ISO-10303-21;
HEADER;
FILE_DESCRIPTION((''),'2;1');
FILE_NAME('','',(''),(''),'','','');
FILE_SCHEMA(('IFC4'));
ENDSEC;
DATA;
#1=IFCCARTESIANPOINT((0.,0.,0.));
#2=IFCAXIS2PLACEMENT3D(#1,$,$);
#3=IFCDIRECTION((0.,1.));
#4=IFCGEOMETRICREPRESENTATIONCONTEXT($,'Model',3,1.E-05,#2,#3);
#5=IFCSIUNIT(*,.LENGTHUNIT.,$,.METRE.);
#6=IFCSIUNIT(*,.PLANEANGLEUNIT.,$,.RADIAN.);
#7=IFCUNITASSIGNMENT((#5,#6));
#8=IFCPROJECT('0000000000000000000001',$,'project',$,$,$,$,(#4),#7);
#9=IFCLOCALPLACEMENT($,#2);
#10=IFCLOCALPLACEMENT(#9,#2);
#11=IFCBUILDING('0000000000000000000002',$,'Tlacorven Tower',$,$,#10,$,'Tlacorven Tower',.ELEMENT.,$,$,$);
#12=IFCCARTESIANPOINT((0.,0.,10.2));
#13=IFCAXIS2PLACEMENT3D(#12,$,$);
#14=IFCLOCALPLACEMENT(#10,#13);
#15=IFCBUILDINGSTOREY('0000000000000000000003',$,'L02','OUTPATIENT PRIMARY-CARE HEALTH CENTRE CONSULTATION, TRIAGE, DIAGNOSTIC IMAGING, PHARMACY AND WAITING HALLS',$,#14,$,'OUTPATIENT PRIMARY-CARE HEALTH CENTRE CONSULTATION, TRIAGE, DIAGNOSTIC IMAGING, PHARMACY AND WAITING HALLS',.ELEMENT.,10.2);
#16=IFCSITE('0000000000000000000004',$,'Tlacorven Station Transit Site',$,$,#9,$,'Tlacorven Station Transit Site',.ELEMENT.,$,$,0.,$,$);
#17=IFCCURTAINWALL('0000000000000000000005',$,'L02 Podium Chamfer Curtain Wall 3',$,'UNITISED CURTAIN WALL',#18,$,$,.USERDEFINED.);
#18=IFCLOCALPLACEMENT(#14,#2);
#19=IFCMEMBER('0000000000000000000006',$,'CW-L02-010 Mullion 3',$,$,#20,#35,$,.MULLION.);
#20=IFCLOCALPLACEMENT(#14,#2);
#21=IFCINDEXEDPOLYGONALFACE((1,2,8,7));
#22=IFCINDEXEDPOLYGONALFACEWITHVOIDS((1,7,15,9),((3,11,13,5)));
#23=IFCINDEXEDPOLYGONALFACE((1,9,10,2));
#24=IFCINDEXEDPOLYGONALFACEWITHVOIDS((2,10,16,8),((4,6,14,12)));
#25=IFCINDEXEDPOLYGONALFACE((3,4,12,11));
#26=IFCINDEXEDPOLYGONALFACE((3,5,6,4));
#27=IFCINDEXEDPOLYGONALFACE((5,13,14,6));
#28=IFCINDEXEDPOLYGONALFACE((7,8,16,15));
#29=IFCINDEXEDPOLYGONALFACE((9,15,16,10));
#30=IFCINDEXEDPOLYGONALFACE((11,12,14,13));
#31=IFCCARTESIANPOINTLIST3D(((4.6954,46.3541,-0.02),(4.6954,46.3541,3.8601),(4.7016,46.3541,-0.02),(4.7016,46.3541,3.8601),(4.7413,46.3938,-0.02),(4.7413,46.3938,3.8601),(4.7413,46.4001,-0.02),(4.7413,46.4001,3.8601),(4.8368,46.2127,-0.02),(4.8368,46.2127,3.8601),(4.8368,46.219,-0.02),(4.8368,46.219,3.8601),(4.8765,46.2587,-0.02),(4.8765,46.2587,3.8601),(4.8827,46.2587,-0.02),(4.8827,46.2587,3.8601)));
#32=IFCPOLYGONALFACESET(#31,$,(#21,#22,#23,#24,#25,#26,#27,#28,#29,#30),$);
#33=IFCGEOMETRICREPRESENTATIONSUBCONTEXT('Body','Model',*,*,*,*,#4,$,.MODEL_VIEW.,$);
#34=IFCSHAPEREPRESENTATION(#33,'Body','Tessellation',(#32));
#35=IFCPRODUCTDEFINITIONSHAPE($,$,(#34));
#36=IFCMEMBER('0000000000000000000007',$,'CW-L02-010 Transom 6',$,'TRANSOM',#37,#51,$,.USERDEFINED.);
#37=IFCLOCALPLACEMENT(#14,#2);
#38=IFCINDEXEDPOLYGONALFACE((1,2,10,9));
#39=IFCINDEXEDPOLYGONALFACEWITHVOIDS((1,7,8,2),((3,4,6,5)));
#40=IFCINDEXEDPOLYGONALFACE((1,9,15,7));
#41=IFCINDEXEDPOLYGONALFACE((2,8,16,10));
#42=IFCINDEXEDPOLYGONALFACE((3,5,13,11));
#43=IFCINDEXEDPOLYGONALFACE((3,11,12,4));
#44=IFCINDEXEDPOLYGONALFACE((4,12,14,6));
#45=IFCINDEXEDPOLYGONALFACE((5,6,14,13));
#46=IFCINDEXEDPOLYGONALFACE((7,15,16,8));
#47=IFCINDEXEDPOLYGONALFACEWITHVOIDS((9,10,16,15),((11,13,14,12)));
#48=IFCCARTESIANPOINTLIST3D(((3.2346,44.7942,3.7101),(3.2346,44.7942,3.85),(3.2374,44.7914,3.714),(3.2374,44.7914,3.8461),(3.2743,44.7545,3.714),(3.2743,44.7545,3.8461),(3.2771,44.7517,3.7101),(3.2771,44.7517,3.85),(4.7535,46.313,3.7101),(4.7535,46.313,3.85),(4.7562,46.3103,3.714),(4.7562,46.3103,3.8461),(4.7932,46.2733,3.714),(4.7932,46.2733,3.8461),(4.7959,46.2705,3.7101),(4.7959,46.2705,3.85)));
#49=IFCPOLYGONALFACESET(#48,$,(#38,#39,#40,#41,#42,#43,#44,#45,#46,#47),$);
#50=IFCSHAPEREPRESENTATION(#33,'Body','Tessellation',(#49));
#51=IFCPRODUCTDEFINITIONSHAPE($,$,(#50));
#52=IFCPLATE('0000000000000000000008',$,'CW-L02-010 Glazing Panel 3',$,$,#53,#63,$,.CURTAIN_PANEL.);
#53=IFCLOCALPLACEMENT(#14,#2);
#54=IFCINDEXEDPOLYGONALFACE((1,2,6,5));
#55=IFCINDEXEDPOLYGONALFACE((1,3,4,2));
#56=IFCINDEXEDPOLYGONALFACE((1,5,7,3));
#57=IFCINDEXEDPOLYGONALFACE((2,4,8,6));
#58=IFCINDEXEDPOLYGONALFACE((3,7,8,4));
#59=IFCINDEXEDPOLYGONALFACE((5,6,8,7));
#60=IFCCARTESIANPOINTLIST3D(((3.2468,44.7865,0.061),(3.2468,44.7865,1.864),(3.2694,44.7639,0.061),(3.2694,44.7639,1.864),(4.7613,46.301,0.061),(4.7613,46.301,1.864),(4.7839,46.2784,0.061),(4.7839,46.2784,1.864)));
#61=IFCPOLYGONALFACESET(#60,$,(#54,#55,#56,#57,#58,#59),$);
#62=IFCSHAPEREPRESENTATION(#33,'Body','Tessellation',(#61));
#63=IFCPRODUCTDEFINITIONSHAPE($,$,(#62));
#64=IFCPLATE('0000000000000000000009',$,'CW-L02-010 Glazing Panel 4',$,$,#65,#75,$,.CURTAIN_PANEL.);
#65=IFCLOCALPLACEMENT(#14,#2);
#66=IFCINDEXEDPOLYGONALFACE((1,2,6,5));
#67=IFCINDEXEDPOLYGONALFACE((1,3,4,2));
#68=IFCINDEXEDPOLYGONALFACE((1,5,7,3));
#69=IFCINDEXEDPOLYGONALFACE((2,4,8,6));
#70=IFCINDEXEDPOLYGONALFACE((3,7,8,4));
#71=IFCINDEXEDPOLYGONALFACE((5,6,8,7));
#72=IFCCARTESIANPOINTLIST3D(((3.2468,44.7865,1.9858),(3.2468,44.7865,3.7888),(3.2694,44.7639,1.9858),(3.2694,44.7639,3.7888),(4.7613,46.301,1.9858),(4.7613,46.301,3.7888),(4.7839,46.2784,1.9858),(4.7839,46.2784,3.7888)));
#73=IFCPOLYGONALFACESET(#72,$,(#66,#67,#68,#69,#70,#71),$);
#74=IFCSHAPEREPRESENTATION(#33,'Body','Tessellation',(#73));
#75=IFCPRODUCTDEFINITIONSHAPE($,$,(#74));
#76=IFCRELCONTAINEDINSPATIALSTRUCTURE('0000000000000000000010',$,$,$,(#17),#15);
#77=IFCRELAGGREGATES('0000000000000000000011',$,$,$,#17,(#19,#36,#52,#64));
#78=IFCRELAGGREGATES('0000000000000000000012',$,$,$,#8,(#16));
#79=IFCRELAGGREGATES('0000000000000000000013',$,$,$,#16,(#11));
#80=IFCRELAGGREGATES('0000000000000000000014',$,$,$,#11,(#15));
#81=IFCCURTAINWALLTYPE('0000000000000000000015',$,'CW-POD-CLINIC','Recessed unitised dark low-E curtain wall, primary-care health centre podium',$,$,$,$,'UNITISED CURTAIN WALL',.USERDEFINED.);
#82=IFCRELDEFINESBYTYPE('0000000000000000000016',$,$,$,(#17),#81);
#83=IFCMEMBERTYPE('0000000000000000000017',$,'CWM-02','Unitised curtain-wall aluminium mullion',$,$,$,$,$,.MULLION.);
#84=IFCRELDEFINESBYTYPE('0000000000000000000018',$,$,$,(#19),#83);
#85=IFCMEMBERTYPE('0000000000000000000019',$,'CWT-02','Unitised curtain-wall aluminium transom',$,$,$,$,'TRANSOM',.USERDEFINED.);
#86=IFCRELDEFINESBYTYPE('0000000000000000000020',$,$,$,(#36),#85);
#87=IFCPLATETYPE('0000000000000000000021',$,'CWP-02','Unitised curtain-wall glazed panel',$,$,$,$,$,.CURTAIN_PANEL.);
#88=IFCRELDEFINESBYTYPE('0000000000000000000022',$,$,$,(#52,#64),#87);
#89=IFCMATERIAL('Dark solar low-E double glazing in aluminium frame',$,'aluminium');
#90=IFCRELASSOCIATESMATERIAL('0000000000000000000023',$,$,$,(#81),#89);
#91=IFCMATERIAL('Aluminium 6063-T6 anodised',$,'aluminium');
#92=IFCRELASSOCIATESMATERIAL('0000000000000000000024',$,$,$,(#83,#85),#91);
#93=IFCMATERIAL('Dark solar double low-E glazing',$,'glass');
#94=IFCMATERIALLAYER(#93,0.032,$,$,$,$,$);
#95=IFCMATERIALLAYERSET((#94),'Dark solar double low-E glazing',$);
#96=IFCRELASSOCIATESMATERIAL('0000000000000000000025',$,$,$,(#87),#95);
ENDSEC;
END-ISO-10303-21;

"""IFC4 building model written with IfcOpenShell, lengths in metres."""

from ifc_helpers import new_model, si_unit, direction, frame, origin, origin_2d, place, context, subcontext, project, spatial, rectangle, hollow_rectangle, extrude, source, transform, mapped, material, layer, layer_set, material_profile, profile_set, type_object, element, aggregate, save


model = new_model("IFC4")

# Units and contexts
model_context = context("Model", 3, precision=1e-05, world=origin(), true_north=direction((0.0, 1.0)))
body_context = subcontext(model_context, "Body", "Model", "MODEL_VIEW")
ifc_project = project(units=[si_unit("LENGTHUNIT", "METRE"), si_unit("PLANEANGLEUNIT", "RADIAN")], contexts=[model_context])

# Site, building, storey
site_placement = place(None, origin())
site = spatial("IfcSite", under=ifc_project, at=site_placement, Name="Tlacorven Station Transit Site", LongName="Tlacorven Station Transit Site", CompositionType="ELEMENT", RefElevation=0.0)
building_placement = place(site_placement, origin())
building = spatial("IfcBuilding", under=site, at=building_placement, Name="Tlacorven Tower", LongName="Tlacorven Tower", CompositionType="ELEMENT")
storey_placement = place(building_placement, frame((0.0, 0.0, 10.2)))
storey = spatial("IfcBuildingStorey", under=building, at=storey_placement, Name="L02", Description="OUTPATIENT PRIMARY-CARE HEALTH CENTRE CONSULTATION, TRIAGE, DIAGNOSTIC IMAGING, PHARMACY AND WAITING HALLS", LongName="OUTPATIENT PRIMARY-CARE HEALTH CENTRE CONSULTATION, TRIAGE, DIAGNOSTIC IMAGING, PHARMACY AND WAITING HALLS", CompositionType="ELEMENT", Elevation=10.2)

# Curtain wall, members, plates
ifc_material_1 = material(Name="Dark solar low-E double glazing in aluminium frame", Category="aluminium")
curtain_wall_type = type_object("IfcCurtainWallType", Name="CW-POD-CLINIC", Description="Recessed unitised dark low-E curtain wall, primary-care health centre podium", ElementType="UNITISED CURTAIN WALL", PredefinedType="USERDEFINED", material=ifc_material_1)
curtain_wall_placement = place(storey_placement, origin())
curtain_wall = element("IfcCurtainWall", 1, at=curtain_wall_placement, inside=storey, type_object=curtain_wall_type, Name="L02 Podium Chamfer Curtain Wall 3", ObjectType="UNITISED CURTAIN WALL", PredefinedType="USERDEFINED")
ifc_material_2 = material(Name="Aluminium 6063-T6 anodised", Category="aluminium")
ifc_material_profile_1 = material_profile(ifc_material_2, hollow_rectangle(XDim=0.0649, YDim=0.2, WallThickness=0.0044, at=origin_2d()), Name="ALU MULLION 65X200")
ifc_profile_set_1 = profile_set([ifc_material_profile_1], Name="Aluminium 6063-T6 anodised")
member_type_1 = type_object("IfcMemberType", Name="CWM-02", Description="Unitised curtain-wall aluminium mullion", PredefinedType="MULLION", material=ifc_profile_set_1)
shared_shape_1 = source(origin(), body_context, "Body", "SweptSolid", [
    extrude(hollow_rectangle(XDim=0.0649, YDim=0.2, WallThickness=0.0044, at=origin_2d()), origin(), (0.0, 0.0, 1.0), 3.8801),
])
member_1_placement = place(storey_placement, frame((4.7891, 46.3064, -0.02), z_axis=(0.0, 0.0, 1.0), x_axis=(0.707107, 0.707107, 0.0)))
member_1 = element("IfcMember", 2, at=member_1_placement, type_object=member_type_1, Name="CW-L02-010 Mullion 3", PredefinedType="MULLION", context=body_context, shape_type="MappedRepresentation", body=[
    mapped(shared_shape_1, transform((0.0, 0.0, 0.0), scale=1.0)),
])
ifc_material_profile_2 = material_profile(ifc_material_2, hollow_rectangle(XDim=0.0601, YDim=0.1399, WallThickness=0.0039, at=origin_2d()), Name="ALU TRANSOM 60X140")
ifc_profile_set_2 = profile_set([ifc_material_profile_2], Name="Aluminium 6063-T6 anodised")
member_type_2 = type_object("IfcMemberType", Name="CWT-02", Description="Unitised curtain-wall aluminium transom", ElementType="TRANSOM", PredefinedType="USERDEFINED", material=ifc_profile_set_2)
shared_shape_2 = source(origin(), body_context, "Body", "SweptSolid", [
    extrude(hollow_rectangle(XDim=0.0601, YDim=0.1399, WallThickness=0.0039, at=origin_2d()), origin(), (0.0, 0.0, 1.0), 2.1479),
])
member_2_placement = place(storey_placement, frame((3.2559, 44.7729, 3.78), z_axis=(0.707107, 0.707107, 0.0), x_axis=(-0.707107, 0.707107, 0.0)))
member_2 = element("IfcMember", 3, at=member_2_placement, type_object=member_type_2, Name="CW-L02-010 Transom 6", ObjectType="TRANSOM", PredefinedType="USERDEFINED", context=body_context, shape_type="MappedRepresentation", body=[
    mapped(shared_shape_2, transform((0.0, 0.0, 0.0), scale=1.0)),
])
ifc_material_3 = material(Name="Dark solar double low-E glazing", Category="glass")
ifc_layer = layer(ifc_material_3, 0.032)
ifc_layer_set = layer_set([ifc_layer], Name="Dark solar double low-E glazing")
plate_type = type_object("IfcPlateType", Name="CWP-02", Description="Unitised curtain-wall glazed panel", PredefinedType="CURTAIN_PANEL", material=ifc_layer_set)
shared_shape_3 = source(origin(), body_context, "Body", "SweptSolid", [
    extrude(rectangle(XDim=2.1418, YDim=0.032, at=origin_2d()), origin(), (0.0, 0.0, 1.0), 1.803),
])
plate_1_placement = place(storey_placement, frame((4.0154, 45.5325, 0.061), z_axis=(0.0, 0.0, 1.0), x_axis=(0.707107, 0.707107, 0.0)))
plate_1 = element("IfcPlate", 4, at=plate_1_placement, type_object=plate_type, Name="CW-L02-010 Glazing Panel 3", PredefinedType="CURTAIN_PANEL", context=body_context, shape_type="MappedRepresentation", body=[
    mapped(shared_shape_3, transform((0.0, 0.0, 0.0), scale=1.0)),
])
plate_2_placement = place(storey_placement, frame((4.0154, 45.5325, 1.9858), z_axis=(0.0, 0.0, 1.0), x_axis=(0.707107, 0.707107, 0.0)))
plate_2 = element("IfcPlate", 5, at=plate_2_placement, type_object=plate_type, Name="CW-L02-010 Glazing Panel 4", PredefinedType="CURTAIN_PANEL", context=body_context, shape_type="MappedRepresentation", body=[
    mapped(shared_shape_3, transform((0.0, 0.0, 0.0), scale=1.0)),
])
aggregate(curtain_wall, [member_1, member_2, plate_1, plate_2])

save(model, "model.ifc")
